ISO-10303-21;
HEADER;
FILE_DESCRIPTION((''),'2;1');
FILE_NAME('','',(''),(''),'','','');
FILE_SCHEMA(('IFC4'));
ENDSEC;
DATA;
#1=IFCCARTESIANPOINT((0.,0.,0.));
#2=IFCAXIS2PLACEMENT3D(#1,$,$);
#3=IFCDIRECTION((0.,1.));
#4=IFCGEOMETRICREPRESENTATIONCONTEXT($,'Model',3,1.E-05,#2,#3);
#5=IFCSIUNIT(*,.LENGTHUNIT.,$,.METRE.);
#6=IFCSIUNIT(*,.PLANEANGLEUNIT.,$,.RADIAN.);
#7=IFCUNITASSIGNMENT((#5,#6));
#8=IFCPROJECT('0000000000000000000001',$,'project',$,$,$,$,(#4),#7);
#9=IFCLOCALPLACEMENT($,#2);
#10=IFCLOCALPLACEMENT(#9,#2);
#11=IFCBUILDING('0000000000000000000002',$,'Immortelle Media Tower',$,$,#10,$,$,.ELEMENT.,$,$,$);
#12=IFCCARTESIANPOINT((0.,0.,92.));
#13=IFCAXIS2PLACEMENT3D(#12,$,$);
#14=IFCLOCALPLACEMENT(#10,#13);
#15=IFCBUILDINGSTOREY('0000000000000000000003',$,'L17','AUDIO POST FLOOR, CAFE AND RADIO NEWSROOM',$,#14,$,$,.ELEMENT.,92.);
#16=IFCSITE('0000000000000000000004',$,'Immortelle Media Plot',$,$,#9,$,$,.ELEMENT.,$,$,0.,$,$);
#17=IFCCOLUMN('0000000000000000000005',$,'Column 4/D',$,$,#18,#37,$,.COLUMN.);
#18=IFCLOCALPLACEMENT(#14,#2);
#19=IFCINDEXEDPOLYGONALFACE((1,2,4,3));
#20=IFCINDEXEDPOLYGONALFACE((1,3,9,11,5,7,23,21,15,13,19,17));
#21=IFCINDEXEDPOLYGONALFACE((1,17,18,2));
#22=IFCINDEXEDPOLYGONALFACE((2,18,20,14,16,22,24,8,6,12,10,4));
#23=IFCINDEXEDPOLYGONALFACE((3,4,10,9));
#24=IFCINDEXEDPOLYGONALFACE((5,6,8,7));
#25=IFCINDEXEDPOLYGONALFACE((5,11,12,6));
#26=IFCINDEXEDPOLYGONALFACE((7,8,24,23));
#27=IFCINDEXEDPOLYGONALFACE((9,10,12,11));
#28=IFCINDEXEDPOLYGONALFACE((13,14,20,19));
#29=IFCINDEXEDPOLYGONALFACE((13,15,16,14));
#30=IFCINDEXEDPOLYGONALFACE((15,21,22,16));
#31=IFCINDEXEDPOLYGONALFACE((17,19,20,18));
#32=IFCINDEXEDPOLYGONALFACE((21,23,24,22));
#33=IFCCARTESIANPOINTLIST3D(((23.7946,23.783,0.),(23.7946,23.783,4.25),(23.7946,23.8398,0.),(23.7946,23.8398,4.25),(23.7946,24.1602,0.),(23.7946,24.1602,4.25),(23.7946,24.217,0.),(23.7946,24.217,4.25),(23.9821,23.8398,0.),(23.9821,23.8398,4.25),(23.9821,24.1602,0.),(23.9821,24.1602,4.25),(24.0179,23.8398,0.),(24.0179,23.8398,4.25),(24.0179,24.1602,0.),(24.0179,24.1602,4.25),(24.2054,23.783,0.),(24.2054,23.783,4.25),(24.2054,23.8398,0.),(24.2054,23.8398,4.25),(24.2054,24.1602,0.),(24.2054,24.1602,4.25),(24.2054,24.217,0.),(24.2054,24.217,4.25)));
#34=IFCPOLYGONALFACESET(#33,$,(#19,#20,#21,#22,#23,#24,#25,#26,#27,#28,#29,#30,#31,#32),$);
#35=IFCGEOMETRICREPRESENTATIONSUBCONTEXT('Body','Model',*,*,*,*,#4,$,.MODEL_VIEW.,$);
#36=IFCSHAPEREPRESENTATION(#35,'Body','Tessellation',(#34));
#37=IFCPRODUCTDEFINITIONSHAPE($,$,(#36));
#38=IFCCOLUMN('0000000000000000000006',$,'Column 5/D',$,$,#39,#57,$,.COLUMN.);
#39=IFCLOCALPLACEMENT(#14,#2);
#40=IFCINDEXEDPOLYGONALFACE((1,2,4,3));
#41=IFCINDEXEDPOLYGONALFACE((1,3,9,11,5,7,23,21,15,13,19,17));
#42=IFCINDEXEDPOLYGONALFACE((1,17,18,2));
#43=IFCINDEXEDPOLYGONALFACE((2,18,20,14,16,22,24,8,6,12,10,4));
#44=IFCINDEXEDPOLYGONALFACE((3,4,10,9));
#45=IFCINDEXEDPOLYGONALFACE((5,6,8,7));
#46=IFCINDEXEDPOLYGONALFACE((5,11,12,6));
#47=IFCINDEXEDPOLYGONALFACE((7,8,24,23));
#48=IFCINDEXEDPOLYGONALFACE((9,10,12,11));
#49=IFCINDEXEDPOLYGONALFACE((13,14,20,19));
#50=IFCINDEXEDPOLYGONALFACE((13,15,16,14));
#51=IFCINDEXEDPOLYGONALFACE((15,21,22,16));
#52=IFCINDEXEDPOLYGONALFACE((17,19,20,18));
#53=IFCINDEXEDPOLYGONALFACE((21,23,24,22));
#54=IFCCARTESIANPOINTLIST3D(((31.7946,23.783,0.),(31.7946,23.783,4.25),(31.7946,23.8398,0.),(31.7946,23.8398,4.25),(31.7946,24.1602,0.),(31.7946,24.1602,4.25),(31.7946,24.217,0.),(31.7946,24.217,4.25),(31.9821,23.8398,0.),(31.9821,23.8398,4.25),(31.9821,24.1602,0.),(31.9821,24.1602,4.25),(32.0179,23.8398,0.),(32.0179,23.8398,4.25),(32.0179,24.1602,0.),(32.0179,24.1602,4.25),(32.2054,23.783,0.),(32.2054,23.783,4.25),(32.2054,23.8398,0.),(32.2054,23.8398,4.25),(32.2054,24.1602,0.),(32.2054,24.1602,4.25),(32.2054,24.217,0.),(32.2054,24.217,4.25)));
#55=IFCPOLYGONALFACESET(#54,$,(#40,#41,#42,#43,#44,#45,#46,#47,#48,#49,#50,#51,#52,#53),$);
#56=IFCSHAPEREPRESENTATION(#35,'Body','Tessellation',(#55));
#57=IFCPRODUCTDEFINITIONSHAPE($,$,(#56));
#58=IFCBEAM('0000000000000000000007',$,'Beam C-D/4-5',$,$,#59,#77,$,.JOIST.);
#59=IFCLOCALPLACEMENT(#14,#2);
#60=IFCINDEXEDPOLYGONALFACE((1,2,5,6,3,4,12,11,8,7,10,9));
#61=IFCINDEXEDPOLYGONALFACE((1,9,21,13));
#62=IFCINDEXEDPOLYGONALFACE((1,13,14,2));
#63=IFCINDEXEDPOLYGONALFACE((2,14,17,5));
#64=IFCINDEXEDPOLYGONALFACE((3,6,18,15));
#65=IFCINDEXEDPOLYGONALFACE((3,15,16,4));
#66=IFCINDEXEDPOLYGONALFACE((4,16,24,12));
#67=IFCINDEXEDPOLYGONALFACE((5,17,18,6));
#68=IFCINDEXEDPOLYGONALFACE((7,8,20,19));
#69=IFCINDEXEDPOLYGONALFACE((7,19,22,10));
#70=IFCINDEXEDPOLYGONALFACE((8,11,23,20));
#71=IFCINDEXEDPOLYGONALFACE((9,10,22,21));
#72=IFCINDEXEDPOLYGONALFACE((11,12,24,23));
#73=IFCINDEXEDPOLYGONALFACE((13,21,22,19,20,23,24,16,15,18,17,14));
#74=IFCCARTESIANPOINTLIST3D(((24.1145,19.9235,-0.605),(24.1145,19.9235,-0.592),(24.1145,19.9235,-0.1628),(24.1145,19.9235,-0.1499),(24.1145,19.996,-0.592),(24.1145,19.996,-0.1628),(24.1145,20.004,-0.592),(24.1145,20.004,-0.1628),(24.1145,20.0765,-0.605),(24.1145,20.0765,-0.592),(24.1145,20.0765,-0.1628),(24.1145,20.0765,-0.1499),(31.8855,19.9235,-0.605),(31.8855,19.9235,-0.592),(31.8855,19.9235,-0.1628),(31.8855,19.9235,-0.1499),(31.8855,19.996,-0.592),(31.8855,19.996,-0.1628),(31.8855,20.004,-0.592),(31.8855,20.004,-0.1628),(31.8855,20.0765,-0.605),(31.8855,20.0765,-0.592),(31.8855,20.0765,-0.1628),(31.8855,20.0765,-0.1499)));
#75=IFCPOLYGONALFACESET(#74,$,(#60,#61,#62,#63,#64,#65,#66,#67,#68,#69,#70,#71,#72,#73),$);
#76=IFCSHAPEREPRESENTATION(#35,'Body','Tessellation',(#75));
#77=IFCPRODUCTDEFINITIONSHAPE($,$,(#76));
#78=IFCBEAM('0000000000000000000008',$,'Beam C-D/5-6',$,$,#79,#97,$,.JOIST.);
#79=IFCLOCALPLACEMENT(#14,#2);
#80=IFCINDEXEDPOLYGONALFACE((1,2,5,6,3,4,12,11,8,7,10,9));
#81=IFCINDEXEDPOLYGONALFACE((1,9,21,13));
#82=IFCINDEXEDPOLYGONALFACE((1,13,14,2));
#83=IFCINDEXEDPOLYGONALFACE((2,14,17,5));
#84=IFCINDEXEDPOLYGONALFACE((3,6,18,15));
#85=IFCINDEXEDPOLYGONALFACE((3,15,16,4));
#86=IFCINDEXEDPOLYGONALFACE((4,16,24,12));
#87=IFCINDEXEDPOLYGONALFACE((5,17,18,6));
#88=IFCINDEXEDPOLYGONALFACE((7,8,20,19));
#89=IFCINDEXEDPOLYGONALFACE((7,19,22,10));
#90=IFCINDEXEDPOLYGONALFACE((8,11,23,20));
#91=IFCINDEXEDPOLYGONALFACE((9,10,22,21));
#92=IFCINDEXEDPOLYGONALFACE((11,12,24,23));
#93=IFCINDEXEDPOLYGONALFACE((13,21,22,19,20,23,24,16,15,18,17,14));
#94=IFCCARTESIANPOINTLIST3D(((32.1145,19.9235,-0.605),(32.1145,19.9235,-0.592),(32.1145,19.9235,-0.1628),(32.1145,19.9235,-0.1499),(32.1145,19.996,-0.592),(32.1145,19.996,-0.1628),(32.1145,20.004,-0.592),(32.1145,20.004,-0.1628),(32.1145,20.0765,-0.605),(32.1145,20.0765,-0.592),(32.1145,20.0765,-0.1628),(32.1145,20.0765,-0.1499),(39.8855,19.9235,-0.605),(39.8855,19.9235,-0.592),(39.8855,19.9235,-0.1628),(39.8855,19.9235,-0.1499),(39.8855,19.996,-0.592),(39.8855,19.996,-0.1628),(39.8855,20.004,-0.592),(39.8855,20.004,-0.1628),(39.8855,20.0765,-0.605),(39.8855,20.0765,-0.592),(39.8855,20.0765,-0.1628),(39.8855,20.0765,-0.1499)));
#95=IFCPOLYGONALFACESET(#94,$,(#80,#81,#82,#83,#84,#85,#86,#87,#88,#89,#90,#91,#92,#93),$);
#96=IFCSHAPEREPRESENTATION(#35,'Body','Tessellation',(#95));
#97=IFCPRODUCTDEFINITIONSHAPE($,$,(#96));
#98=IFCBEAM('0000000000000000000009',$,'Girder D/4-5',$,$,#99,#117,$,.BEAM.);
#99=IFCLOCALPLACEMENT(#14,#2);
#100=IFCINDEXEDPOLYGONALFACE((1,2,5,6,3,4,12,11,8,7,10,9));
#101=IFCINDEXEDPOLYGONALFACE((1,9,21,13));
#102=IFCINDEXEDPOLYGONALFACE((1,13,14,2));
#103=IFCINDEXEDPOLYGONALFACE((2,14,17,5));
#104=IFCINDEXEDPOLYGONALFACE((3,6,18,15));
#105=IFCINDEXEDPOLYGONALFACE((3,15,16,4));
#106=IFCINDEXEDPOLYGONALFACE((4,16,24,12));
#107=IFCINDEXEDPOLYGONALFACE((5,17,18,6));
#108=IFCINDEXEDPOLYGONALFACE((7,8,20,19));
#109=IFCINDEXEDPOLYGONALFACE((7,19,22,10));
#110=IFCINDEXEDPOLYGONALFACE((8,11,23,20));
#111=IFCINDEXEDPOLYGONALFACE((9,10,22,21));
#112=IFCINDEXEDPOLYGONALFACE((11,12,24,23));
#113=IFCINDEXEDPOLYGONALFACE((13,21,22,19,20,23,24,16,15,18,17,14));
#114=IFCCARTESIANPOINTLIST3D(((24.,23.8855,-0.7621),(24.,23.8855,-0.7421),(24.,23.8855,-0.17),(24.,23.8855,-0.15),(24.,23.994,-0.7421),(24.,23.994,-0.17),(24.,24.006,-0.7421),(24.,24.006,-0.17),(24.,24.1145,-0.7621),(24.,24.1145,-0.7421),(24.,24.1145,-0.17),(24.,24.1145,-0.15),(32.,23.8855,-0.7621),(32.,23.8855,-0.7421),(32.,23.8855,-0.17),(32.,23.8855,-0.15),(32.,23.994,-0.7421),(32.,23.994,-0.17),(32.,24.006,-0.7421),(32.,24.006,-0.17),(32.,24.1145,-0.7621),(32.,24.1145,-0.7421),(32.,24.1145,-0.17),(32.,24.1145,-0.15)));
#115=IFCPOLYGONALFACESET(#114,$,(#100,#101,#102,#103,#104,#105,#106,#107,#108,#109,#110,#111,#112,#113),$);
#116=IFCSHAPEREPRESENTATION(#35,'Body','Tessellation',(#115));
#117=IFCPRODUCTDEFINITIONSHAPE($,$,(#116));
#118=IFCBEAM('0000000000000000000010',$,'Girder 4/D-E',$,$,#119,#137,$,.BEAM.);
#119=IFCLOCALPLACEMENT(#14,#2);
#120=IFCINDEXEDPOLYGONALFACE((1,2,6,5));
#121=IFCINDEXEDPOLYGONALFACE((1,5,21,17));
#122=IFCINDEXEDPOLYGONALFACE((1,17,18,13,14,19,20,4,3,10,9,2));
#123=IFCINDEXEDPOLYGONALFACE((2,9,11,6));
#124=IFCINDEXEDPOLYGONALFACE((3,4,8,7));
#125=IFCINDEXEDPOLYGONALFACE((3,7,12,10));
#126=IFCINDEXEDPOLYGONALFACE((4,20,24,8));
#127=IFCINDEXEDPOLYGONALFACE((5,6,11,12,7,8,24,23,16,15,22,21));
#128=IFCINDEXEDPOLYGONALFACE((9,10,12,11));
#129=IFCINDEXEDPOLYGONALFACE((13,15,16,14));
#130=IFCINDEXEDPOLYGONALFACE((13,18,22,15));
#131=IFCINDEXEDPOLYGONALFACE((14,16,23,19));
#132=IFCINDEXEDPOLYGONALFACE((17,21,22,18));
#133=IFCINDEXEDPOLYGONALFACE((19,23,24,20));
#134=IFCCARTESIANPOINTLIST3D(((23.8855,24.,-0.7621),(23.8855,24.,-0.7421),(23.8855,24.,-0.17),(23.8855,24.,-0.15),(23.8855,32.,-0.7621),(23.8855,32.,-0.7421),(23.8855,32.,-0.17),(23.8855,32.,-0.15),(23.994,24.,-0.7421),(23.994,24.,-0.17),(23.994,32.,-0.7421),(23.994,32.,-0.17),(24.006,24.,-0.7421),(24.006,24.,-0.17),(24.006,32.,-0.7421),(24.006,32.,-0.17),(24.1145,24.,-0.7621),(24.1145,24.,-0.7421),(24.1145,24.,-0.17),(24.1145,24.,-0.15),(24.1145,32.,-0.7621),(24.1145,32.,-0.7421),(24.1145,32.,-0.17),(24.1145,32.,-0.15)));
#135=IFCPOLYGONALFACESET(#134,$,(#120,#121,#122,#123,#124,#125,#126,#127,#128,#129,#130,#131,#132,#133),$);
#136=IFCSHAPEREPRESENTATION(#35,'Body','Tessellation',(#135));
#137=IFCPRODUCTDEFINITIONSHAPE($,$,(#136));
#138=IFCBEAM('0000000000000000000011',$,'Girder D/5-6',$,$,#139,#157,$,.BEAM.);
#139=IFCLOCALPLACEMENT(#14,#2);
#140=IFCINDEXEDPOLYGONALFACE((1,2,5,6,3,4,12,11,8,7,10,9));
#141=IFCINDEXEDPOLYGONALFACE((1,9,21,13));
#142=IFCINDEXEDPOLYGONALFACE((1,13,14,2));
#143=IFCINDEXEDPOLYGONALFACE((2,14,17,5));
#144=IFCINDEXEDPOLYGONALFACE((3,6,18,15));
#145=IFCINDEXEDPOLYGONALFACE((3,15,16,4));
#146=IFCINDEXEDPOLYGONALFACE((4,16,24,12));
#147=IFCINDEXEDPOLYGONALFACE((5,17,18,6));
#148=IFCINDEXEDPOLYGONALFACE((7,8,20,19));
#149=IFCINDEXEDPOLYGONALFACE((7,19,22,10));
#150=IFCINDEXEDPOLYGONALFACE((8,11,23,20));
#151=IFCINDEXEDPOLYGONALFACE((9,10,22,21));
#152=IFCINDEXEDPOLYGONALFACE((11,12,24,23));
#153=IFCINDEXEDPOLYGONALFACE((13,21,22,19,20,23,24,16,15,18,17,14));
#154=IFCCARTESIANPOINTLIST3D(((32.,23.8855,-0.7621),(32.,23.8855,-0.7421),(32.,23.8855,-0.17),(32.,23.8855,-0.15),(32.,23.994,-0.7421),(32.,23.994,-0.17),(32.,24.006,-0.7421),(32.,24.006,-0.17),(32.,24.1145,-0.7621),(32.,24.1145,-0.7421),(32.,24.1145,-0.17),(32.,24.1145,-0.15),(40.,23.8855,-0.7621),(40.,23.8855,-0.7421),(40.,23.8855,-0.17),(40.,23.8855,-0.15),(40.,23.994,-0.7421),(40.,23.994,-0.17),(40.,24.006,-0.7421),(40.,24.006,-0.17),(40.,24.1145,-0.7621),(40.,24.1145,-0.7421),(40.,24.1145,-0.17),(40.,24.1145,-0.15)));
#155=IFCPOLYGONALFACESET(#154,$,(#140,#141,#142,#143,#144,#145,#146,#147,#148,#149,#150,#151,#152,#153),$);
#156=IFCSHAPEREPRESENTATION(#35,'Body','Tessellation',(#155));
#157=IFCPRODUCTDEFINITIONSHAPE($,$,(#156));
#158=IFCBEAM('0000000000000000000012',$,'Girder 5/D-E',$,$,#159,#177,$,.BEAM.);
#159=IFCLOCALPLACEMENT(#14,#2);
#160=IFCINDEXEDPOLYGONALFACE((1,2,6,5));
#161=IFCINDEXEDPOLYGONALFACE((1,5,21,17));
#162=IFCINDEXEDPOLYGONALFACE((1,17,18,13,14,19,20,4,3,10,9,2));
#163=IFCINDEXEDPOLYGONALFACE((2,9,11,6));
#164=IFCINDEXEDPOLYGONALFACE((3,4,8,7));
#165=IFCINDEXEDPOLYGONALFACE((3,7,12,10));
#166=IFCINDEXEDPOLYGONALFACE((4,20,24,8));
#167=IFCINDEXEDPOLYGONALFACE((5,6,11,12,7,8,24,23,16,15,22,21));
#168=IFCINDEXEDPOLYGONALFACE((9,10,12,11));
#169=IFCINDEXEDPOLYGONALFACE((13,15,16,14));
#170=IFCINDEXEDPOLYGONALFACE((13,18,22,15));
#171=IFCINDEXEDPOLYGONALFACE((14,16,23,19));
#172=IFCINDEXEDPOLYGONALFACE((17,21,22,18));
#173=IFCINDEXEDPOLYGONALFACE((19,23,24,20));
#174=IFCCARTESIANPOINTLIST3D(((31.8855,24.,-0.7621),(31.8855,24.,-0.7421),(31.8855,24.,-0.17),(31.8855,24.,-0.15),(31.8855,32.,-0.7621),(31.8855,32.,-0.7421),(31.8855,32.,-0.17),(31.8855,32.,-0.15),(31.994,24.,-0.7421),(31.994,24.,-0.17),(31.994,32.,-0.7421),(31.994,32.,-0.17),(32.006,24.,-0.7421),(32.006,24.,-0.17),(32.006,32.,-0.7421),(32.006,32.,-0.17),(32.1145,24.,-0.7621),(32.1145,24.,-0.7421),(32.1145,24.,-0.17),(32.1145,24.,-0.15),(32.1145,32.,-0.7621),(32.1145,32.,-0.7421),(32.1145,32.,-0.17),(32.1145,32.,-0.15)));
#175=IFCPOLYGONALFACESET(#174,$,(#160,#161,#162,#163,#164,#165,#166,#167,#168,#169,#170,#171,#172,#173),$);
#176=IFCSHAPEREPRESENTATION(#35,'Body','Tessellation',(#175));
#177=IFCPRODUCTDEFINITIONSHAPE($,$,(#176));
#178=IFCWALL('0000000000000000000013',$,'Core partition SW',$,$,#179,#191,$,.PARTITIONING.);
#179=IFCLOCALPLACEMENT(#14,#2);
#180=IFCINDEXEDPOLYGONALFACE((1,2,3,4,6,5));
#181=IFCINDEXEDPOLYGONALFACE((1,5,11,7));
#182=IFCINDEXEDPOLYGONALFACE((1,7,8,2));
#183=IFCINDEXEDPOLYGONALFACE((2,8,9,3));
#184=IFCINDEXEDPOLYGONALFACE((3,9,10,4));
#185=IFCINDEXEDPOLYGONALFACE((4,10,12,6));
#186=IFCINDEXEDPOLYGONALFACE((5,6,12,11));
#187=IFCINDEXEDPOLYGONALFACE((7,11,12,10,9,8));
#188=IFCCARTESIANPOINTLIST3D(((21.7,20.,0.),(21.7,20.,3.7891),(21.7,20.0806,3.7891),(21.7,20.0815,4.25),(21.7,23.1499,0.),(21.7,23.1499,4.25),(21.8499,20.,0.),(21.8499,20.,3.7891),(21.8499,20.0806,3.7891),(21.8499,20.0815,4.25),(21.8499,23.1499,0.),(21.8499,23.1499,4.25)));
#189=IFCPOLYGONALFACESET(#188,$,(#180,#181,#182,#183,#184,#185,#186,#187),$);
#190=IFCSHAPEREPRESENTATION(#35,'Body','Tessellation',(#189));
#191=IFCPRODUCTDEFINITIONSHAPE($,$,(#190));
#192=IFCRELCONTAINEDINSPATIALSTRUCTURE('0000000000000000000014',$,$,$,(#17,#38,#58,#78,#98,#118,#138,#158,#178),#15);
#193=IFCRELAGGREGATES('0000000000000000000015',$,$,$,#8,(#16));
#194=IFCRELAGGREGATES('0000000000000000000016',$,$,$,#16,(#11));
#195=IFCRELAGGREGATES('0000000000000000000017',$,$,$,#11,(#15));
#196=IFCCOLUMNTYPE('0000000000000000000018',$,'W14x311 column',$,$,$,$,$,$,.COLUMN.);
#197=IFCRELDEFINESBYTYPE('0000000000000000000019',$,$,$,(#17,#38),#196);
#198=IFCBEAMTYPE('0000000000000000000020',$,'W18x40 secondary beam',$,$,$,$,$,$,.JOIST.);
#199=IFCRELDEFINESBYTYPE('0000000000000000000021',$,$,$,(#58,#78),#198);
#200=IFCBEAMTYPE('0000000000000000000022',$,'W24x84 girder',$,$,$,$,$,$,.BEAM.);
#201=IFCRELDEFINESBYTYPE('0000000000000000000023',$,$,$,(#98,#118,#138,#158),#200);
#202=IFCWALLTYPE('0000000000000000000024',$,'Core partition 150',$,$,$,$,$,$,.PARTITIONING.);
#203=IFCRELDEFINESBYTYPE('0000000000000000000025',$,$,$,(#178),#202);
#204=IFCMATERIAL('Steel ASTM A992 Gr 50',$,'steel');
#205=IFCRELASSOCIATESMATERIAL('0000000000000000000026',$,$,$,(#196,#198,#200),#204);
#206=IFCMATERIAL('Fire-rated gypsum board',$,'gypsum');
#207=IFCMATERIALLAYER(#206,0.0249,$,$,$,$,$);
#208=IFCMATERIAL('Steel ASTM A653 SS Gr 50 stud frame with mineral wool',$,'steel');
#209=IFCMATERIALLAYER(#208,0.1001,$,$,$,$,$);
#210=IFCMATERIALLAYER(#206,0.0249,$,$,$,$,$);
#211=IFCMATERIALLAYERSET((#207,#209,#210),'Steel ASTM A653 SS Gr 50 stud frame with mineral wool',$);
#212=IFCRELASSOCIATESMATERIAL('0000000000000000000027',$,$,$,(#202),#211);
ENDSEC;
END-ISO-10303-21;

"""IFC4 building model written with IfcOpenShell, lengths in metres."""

from ifc_helpers import new_model, si_unit, direction, frame, origin, origin_2d, place, context, subcontext, project, spatial, polyline, i_section, outline, extrude, material, layer, layer_set, material_profile, profile_set, type_object, element, save


model = new_model("IFC4")

# Units and contexts
model_context = context("Model", 3, precision=1e-05, world=origin(), true_north=direction((0.0, 1.0)))
body_context = subcontext(model_context, "Body", "Model", "MODEL_VIEW")
ifc_project = project(units=[si_unit("LENGTHUNIT", "METRE"), si_unit("PLANEANGLEUNIT", "RADIAN")], contexts=[model_context])

# Site, building, storey
site_placement = place(None, origin())
site = spatial("IfcSite", under=ifc_project, at=site_placement, Name="Immortelle Media Plot", CompositionType="ELEMENT", RefElevation=0.0)
building_placement = place(site_placement, origin())
building = spatial("IfcBuilding", under=site, at=building_placement, Name="Immortelle Media Tower", CompositionType="ELEMENT")
storey_placement = place(building_placement, frame((0.0, 0.0, 92.0)))
storey = spatial("IfcBuildingStorey", under=building, at=storey_placement, Name="L17", Description="AUDIO POST FLOOR, CAFE AND RADIO NEWSROOM", CompositionType="ELEMENT", Elevation=92.0)

# Columns
ifc_material_1 = material(Name="Steel ASTM A992 Gr 50", Category="steel")
ifc_material_profile_1 = material_profile(ifc_material_1, i_section(OverallWidth=0.4109, OverallDepth=0.4341, WebThickness=0.0359, FlangeThickness=0.0569, at=origin_2d()), Name="W14x311")
ifc_profile_set_1 = profile_set([ifc_material_profile_1], Name="Steel ASTM A992 Gr 50")
column_type = type_object("IfcColumnType", Name="W14x311 column", PredefinedType="COLUMN", material=ifc_profile_set_1)
for number, where, z_axis, x_axis, name in (
    (1, (24.0, 24.0, 0.0), (0.0, 0.0, 1.0), (1.0, 0.0, 0.0), "Column 4/D"),
    (2, (32.0, 24.0, 0.0), (0.0, 0.0, 1.0), (1.0, 0.0, 0.0), "Column 5/D"),
):
    element("IfcColumn", number, at=place(storey_placement, frame(where, z_axis=z_axis, x_axis=x_axis)), inside=storey, type_object=column_type, Name=name, PredefinedType="COLUMN", context=body_context, shape_type="SweptSolid", body=[
        extrude(i_section(OverallWidth=0.4109, OverallDepth=0.4341, WebThickness=0.0359, FlangeThickness=0.0569, at=origin_2d()), origin(), (0.0, 0.0, 1.0), 4.25),
    ])

# Beams
ifc_material_profile_2 = material_profile(ifc_material_1, i_section(OverallWidth=0.1531, OverallDepth=0.4551, WebThickness=0.0081, FlangeThickness=0.0129, at=origin_2d()), Name="W18x40")
ifc_profile_set_2 = profile_set([ifc_material_profile_2], Name="Steel ASTM A992 Gr 50")
beam_type_1 = type_object("IfcBeamType", Name="W18x40 secondary beam", PredefinedType="JOIST", material=ifc_profile_set_2)
for number, where, z_axis, x_axis, name in (
    (3, (24.1145, 20.0, -0.3774), (1.0, 0.0, 0.0), (0.0, 1.0, 0.0), "Beam C-D/4-5"),
    (4, (32.1145, 20.0, -0.3774), (1.0, 0.0, 0.0), (0.0, 1.0, 0.0), "Beam C-D/5-6"),
):
    element("IfcBeam", number, at=place(storey_placement, frame(where, z_axis=z_axis, x_axis=x_axis)), inside=storey, type_object=beam_type_1, Name=name, PredefinedType="JOIST", context=body_context, shape_type="SweptSolid", body=[
        extrude(i_section(OverallWidth=0.1531, OverallDepth=0.4551, WebThickness=0.0081, FlangeThickness=0.0129, at=origin_2d()), origin(), (0.0, 0.0, 1.0), 7.771),
    ])
ifc_material_profile_3 = material_profile(ifc_material_1, i_section(OverallWidth=0.229, OverallDepth=0.6121, WebThickness=0.012, FlangeThickness=0.02, at=origin_2d()), Name="W24x84")
ifc_profile_set_3 = profile_set([ifc_material_profile_3], Name="Steel ASTM A992 Gr 50")
beam_type_2 = type_object("IfcBeamType", Name="W24x84 girder", PredefinedType="BEAM", material=ifc_profile_set_3)
for number, where, z_axis, x_axis, name in (
    (5, (24.0, 24.0, -0.4561), (1.0, 0.0, 0.0), (0.0, 1.0, 0.0), "Girder D/4-5"),
    (6, (24.0, 24.0, -0.4561), (0.0, 1.0, 0.0), (-1.0, 0.0, 0.0), "Girder 4/D-E"),
    (7, (32.0, 24.0, -0.4561), (1.0, 0.0, 0.0), (0.0, 1.0, 0.0), "Girder D/5-6"),
    (8, (32.0, 24.0, -0.4561), (0.0, 1.0, 0.0), (-1.0, 0.0, 0.0), "Girder 5/D-E"),
):
    element("IfcBeam", number, at=place(storey_placement, frame(where, z_axis=z_axis, x_axis=x_axis)), inside=storey, type_object=beam_type_2, Name=name, PredefinedType="BEAM", context=body_context, shape_type="SweptSolid", body=[
        extrude(i_section(OverallWidth=0.229, OverallDepth=0.6121, WebThickness=0.012, FlangeThickness=0.02, at=origin_2d()), origin(), (0.0, 0.0, 1.0), 8.0),
    ])

# Wall
ifc_material_2 = material(Name="Fire-rated gypsum board", Category="gypsum")
ifc_layer_1 = layer(ifc_material_2, 0.0249)
ifc_material_3 = material(Name="Steel ASTM A653 SS Gr 50 stud frame with mineral wool", Category="steel")
ifc_layer_2 = layer(ifc_material_3, 0.1001)
ifc_layer_3 = layer(ifc_material_2, 0.0249)
ifc_layer_set_1 = layer_set([ifc_layer_1, ifc_layer_2, ifc_layer_3], Name="Steel ASTM A653 SS Gr 50 stud frame with mineral wool")
wall_type_1 = type_object("IfcWallType", Name="Core partition 150", PredefinedType="PARTITIONING", material=ifc_layer_set_1)
wall_1_placement = place(storey_placement, frame((21.7749, 20.0, 0.0), z_axis=(0.0, 0.0, 1.0), x_axis=(0.0, 1.0, 0.0)))
element("IfcWall", 9, at=wall_1_placement, inside=storey, type_object=wall_type_1, Name="Core partition SW", PredefinedType="PARTITIONING", context=body_context, shape_type="SweptSolid", body=[
    extrude(outline(polyline([(0.0, 0.0), (3.1499, 0.0), (3.1499, 4.25), (0.0815, 4.25), (0.0806, 3.7891), (0.0, 3.7891), (0.0, 0.0)])), frame((0.0, 0.075, 0.0), z_axis=(0.0, -1.0, 0.0), x_axis=(1.0, 0.0, 0.0)), (0.0, 0.0, 1.0), 0.1499),
])

save(model, "model.ifc")
